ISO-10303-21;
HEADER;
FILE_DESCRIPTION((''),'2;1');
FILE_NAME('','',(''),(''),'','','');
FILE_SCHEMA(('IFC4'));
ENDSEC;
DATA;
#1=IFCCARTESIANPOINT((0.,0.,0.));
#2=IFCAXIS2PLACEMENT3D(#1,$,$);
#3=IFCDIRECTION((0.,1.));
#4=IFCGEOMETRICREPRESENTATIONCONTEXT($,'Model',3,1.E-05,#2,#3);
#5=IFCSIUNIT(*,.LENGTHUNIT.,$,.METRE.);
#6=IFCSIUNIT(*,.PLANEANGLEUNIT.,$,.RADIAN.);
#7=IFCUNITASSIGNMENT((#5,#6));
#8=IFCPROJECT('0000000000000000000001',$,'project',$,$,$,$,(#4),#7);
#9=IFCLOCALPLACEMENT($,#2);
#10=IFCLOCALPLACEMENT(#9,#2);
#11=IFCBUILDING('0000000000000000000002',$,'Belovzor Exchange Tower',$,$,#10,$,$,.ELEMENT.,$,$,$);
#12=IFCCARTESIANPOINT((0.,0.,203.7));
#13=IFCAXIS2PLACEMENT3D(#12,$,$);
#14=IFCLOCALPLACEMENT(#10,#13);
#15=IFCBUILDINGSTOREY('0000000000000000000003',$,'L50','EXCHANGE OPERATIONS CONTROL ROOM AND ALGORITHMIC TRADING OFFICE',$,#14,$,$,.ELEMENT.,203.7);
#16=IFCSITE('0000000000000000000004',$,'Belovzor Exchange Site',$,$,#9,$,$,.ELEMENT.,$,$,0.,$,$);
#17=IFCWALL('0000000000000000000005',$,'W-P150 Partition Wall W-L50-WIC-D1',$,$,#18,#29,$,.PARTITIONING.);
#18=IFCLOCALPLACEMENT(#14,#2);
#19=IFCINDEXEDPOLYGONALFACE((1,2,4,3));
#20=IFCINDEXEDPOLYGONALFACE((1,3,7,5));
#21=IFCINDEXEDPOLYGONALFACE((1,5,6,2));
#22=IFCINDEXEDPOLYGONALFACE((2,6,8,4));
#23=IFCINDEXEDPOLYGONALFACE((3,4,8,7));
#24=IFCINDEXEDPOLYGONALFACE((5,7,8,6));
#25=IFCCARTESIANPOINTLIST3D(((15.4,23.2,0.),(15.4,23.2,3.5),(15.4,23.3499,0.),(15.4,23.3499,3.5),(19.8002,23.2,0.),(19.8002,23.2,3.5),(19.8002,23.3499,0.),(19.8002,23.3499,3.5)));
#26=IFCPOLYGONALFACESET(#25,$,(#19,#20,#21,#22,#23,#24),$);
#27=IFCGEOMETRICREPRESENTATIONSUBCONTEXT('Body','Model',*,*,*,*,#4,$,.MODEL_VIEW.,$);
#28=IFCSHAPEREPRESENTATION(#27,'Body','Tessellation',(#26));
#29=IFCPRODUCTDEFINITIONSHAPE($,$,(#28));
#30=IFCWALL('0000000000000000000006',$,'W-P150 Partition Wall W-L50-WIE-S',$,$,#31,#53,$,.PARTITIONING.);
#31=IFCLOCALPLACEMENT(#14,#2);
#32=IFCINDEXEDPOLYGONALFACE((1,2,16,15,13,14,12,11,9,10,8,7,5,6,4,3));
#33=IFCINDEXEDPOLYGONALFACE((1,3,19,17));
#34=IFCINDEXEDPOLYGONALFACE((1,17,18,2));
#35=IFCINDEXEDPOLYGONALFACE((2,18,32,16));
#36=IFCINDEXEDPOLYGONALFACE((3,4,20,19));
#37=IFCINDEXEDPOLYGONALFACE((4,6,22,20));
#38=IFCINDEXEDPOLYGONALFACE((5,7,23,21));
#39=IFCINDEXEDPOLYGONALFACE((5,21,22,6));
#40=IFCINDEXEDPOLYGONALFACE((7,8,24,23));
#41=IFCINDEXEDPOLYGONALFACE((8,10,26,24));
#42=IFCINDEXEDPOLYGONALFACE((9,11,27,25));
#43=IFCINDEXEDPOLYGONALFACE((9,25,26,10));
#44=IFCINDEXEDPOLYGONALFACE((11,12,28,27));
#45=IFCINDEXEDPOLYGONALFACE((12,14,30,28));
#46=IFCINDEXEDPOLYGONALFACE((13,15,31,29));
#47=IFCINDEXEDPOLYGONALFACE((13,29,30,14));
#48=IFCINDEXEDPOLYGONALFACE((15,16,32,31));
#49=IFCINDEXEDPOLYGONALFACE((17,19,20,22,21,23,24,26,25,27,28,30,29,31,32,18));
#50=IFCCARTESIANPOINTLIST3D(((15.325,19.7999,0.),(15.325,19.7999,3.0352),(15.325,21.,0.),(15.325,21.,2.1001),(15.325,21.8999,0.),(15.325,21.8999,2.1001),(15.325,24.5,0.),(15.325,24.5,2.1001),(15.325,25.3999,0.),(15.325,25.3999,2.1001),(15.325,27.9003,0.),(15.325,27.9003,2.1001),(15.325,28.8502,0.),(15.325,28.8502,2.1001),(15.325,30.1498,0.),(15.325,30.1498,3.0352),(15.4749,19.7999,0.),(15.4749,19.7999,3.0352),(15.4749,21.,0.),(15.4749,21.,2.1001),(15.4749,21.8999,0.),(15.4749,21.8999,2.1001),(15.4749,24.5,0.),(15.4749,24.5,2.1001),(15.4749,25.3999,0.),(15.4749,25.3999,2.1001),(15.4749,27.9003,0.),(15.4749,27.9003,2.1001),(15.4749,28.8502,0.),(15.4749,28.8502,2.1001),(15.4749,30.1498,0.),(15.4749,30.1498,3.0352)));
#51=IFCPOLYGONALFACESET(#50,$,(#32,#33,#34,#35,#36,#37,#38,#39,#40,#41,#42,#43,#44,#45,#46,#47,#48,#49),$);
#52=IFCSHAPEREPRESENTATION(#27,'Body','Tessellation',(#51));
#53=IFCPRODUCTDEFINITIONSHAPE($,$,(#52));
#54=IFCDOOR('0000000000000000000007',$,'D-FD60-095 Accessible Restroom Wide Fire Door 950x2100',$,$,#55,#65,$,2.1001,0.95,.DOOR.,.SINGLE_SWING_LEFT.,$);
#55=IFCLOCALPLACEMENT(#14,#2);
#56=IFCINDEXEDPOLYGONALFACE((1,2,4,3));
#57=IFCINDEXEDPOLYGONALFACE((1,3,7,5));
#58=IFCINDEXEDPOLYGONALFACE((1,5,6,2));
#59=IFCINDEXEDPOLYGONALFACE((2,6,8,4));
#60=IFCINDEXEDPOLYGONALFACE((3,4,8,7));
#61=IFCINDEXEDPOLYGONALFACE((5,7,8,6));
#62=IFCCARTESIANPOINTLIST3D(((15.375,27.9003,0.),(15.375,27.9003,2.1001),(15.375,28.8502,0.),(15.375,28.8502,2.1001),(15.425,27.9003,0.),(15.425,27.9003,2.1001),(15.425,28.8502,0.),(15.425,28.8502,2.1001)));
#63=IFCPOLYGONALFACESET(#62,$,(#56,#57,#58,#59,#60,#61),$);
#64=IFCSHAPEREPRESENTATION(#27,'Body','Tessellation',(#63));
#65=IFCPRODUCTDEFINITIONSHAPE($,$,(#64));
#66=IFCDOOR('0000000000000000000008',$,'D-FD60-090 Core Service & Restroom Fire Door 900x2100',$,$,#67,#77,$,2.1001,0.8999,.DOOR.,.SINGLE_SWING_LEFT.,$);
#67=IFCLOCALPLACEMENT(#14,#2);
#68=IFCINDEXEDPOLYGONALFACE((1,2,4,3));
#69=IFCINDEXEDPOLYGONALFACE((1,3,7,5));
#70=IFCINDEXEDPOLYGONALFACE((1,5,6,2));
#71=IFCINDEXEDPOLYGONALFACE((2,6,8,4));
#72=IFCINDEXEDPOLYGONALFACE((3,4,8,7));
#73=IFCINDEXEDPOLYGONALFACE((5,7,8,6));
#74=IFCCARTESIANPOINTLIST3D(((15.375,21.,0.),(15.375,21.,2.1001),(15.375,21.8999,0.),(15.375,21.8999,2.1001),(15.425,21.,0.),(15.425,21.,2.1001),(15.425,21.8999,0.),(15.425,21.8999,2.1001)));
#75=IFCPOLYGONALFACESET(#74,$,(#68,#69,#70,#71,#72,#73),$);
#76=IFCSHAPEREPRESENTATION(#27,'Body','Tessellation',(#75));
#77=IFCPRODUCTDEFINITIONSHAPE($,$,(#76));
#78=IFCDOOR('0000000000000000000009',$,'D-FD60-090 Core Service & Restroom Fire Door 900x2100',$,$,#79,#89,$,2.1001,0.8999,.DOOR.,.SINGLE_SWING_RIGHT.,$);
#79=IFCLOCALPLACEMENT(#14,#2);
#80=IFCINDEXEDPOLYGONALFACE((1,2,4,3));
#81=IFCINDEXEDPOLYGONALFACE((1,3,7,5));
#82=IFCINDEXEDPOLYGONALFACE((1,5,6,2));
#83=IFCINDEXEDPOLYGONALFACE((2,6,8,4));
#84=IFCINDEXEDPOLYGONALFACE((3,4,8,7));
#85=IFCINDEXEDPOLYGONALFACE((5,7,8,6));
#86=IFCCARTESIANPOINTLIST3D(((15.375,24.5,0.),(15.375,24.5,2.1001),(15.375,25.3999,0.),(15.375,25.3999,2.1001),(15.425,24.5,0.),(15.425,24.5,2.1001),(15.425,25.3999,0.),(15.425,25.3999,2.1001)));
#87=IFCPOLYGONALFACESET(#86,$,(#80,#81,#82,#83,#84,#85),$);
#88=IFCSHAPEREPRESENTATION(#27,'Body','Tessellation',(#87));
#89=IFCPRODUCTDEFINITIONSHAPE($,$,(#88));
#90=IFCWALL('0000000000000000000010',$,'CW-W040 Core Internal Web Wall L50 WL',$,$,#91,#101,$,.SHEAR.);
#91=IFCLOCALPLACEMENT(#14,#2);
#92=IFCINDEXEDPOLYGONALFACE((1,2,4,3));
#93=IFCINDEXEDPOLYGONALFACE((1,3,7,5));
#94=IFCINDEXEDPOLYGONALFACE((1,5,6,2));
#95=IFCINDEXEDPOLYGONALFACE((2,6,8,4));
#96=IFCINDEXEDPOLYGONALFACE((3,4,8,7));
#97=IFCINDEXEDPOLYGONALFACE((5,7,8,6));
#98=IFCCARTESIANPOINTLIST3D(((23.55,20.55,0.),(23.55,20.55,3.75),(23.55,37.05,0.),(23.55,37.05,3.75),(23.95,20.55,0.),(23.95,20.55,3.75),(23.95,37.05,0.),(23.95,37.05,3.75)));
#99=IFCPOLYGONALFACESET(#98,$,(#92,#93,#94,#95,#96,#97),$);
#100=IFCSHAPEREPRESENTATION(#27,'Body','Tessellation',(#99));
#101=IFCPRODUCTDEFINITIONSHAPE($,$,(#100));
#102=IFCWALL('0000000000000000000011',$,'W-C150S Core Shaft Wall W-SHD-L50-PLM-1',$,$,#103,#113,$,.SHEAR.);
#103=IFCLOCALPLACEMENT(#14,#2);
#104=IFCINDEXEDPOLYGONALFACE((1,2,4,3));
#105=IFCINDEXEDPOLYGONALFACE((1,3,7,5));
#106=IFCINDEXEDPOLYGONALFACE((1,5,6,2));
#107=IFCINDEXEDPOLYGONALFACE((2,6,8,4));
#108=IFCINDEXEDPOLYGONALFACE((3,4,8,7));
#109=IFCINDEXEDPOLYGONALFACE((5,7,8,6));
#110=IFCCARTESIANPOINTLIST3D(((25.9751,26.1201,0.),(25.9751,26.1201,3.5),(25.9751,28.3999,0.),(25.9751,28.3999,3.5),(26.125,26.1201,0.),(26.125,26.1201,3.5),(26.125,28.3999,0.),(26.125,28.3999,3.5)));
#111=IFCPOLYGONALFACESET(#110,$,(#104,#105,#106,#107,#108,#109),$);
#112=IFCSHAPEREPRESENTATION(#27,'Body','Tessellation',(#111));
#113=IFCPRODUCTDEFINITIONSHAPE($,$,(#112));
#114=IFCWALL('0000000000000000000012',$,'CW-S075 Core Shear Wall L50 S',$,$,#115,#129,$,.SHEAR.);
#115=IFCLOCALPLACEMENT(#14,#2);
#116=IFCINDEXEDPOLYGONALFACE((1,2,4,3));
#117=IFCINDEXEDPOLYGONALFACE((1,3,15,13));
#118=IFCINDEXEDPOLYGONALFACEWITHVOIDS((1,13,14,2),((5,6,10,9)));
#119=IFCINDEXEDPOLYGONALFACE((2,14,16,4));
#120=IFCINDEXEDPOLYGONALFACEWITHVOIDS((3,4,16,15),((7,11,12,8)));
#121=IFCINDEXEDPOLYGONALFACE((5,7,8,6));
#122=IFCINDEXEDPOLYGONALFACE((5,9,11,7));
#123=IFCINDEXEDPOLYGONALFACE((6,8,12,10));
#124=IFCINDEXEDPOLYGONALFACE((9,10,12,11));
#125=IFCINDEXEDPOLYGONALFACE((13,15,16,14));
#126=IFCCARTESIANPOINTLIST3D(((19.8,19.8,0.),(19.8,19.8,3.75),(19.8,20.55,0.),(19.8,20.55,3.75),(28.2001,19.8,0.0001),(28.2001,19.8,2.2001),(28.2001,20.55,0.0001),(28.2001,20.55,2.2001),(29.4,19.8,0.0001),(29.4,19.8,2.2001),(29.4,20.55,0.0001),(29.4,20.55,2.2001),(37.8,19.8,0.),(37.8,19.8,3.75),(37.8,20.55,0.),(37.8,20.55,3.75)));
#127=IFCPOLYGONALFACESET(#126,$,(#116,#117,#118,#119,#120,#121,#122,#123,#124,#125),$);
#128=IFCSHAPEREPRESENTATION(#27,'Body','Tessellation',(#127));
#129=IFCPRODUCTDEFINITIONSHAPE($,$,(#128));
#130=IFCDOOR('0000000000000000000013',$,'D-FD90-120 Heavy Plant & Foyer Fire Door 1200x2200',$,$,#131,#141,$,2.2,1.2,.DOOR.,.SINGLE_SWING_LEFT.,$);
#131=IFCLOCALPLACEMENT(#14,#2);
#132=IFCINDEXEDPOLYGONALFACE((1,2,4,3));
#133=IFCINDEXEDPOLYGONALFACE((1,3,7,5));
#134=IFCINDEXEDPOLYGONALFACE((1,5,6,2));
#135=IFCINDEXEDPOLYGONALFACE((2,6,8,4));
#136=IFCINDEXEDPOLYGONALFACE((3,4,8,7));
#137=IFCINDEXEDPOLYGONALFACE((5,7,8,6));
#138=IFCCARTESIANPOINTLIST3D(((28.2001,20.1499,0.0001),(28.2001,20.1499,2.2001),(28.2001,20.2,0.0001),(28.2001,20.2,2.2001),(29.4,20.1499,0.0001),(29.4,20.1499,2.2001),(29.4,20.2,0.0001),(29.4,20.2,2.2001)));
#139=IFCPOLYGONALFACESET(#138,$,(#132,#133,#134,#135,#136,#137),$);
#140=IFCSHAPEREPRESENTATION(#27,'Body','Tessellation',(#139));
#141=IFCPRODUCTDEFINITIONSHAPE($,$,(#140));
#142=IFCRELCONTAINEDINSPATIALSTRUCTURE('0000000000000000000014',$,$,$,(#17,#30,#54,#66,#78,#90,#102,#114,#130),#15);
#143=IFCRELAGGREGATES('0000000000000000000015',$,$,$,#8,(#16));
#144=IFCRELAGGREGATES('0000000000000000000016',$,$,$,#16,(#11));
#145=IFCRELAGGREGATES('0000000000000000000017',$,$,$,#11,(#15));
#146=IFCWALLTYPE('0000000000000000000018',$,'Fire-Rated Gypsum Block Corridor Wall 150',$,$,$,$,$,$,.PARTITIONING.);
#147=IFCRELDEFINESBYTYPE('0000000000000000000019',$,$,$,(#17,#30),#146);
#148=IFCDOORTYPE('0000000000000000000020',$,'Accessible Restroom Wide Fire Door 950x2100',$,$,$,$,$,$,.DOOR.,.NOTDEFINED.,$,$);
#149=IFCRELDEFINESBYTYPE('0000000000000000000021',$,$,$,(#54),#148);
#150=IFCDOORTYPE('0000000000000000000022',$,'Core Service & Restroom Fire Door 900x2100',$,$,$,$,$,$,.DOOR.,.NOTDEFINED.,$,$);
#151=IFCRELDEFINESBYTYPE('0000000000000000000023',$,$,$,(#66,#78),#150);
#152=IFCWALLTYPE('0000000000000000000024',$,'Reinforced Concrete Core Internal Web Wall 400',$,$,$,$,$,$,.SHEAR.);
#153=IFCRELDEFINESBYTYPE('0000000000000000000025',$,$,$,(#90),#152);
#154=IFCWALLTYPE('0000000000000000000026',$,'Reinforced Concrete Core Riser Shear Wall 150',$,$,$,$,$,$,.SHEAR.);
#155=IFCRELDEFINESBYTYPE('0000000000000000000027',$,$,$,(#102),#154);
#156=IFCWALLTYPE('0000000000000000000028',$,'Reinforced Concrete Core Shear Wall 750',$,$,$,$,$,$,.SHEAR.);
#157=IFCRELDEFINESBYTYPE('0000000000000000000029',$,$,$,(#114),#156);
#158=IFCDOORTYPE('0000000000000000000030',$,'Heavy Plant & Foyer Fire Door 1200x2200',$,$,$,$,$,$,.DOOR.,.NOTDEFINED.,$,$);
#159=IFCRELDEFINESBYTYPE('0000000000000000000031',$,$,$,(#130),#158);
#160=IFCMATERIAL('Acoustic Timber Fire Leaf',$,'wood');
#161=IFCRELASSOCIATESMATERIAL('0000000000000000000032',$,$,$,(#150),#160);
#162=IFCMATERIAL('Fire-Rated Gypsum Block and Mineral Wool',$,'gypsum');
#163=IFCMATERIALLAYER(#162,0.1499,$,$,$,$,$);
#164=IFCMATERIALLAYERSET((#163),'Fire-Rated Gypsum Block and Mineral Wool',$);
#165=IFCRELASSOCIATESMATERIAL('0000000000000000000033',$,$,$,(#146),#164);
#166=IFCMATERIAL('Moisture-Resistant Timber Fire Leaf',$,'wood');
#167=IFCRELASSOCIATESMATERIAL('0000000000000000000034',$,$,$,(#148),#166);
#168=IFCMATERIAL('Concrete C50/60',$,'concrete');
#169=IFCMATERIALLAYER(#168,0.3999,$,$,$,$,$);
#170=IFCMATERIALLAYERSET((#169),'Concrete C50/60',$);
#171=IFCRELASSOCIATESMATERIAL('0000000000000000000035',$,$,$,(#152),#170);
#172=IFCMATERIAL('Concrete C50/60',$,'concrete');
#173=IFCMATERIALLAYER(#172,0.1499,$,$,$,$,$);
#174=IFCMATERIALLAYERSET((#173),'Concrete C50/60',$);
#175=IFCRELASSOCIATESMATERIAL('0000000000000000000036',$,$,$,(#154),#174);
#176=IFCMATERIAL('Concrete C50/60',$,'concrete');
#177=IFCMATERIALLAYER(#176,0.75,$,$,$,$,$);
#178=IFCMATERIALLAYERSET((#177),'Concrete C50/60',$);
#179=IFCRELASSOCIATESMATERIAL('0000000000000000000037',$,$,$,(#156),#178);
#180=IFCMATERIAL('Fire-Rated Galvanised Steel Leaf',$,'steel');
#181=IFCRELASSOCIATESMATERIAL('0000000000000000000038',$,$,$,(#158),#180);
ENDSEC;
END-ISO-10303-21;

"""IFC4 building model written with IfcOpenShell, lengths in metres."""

from ifc_helpers import new_model, si_unit, direction, frame, frame_2d, origin, place, context, subcontext, project, spatial, rectangle, extrude, material, layer, layer_set, type_object, element, fill, save


model = new_model("IFC4")

# Units and contexts
model_context = context("Model", 3, precision=1e-05, world=origin(), true_north=direction((0.0, 1.0)))
body_context = subcontext(model_context, "Body", "Model", "MODEL_VIEW")
ifc_project = project(units=[si_unit("LENGTHUNIT", "METRE"), si_unit("PLANEANGLEUNIT", "RADIAN")], contexts=[model_context])

# Site, building, storey
site_placement = place(None, origin())
site = spatial("IfcSite", under=ifc_project, at=site_placement, Name="Belovzor Exchange Site", CompositionType="ELEMENT", RefElevation=0.0)
building_placement = place(site_placement, origin())
building = spatial("IfcBuilding", under=site, at=building_placement, Name="Belovzor Exchange Tower", CompositionType="ELEMENT")
storey_placement = place(building_placement, frame((0.0, 0.0, 203.7)))
storey = spatial("IfcBuildingStorey", under=building, at=storey_placement, Name="L50", Description="EXCHANGE OPERATIONS CONTROL ROOM AND ALGORITHMIC TRADING OFFICE", CompositionType="ELEMENT", Elevation=203.7)

# Shared definitions
ifc_material_1 = material(Name="Acoustic Timber Fire Leaf", Category="wood")
door_type_1 = type_object("IfcDoorType", Name="Core Service & Restroom Fire Door 900x2100", OperationType="NOTDEFINED", PredefinedType="DOOR", material=ifc_material_1)

# Wall
ifc_material_2 = material(Name="Fire-Rated Gypsum Block and Mineral Wool", Category="gypsum")
ifc_layer_1 = layer(ifc_material_2, 0.1499)
ifc_layer_set_1 = layer_set([ifc_layer_1], Name="Fire-Rated Gypsum Block and Mineral Wool")
wall_type_1 = type_object("IfcWallType", Name="Fire-Rated Gypsum Block Corridor Wall 150", PredefinedType="PARTITIONING", material=ifc_layer_set_1)
wall_1_placement = place(storey_placement, frame((15.3999, 23.2749, 0.0), z_axis=(0.0, 0.0, 1.0), x_axis=(1.0, 0.0, 0.0)))
element("IfcWall", 1, at=wall_1_placement, inside=storey, type_object=wall_type_1, Name="W-P150 Partition Wall W-L50-WIC-D1", PredefinedType="PARTITIONING", context=body_context, shape_type="SweptSolid", body=[
    extrude(rectangle(XDim=4.4001, YDim=0.1499, at=frame_2d((2.2002, 0.0))), origin(), (0.0, 0.0, 1.0), 3.5),
])

# Wall, openings, doors
wall_2_placement = place(storey_placement, frame((15.3999, 19.8, 0.0), z_axis=(0.0, 0.0, 1.0), x_axis=(0.0, 1.0, 0.0)))
wall_2 = element("IfcWall", 2, at=wall_2_placement, inside=storey, type_object=wall_type_1, Name="W-P150 Partition Wall W-L50-WIE-S", PredefinedType="PARTITIONING", context=body_context, shape_type="SweptSolid", body=[
    extrude(rectangle(XDim=10.3499, YDim=0.1499, at=frame_2d((5.1748, 0.0))), origin(), (0.0, 0.0, 1.0), 3.0352),
])
opening_1_placement = place(wall_2_placement, frame((1.2, 0.0, 0.0)))
opening_1 = element("IfcOpeningElement", 3, at=opening_1_placement, cuts=wall_2, PredefinedType="OPENING", context=body_context, shape_type="SweptSolid", body=[
    extrude(rectangle(XDim=0.8999, YDim=2.1001, at=frame_2d((0.45, 1.05))), frame((0.0, 0.085, 0.0), z_axis=(0.0, -1.0, 0.0), x_axis=(1.0, 0.0, 0.0)), (0.0, 0.0, 1.0), 0.1699),
])
opening_2_placement = place(wall_2_placement, frame((4.7, 0.0, 0.0)))
opening_2 = element("IfcOpeningElement", 4, at=opening_2_placement, cuts=wall_2, PredefinedType="OPENING", context=body_context, shape_type="SweptSolid", body=[
    extrude(rectangle(XDim=0.8999, YDim=2.1001, at=frame_2d((0.45, 1.05))), frame((0.0, 0.085, 0.0), z_axis=(0.0, -1.0, 0.0), x_axis=(1.0, 0.0, 0.0)), (0.0, 0.0, 1.0), 0.1699),
])
opening_3_placement = place(wall_2_placement, frame((8.1001, 0.0, 0.0)))
opening_3 = element("IfcOpeningElement", 5, at=opening_3_placement, cuts=wall_2, PredefinedType="OPENING", context=body_context, shape_type="SweptSolid", body=[
    extrude(rectangle(XDim=0.95, YDim=2.1001, at=frame_2d((0.4751, 1.05))), frame((0.0, 0.085, 0.0), z_axis=(0.0, -1.0, 0.0), x_axis=(1.0, 0.0, 0.0)), (0.0, 0.0, 1.0), 0.1699),
])
ifc_material_3 = material(Name="Moisture-Resistant Timber Fire Leaf", Category="wood")
door_type_2 = type_object("IfcDoorType", Name="Accessible Restroom Wide Fire Door 950x2100", OperationType="NOTDEFINED", PredefinedType="DOOR", material=ifc_material_3)
door_1_placement = place(opening_3_placement, origin())
door_1 = element("IfcDoor", 6, at=door_1_placement, inside=storey, type_object=door_type_2, Name="D-FD60-095 Accessible Restroom Wide Fire Door 950x2100", OperationType="SINGLE_SWING_LEFT", OverallHeight=2.1001, OverallWidth=0.95, PredefinedType="DOOR", context=body_context, shape_type="SweptSolid", body=[
    extrude(rectangle(XDim=0.95, YDim=2.1001, at=frame_2d((0.4751, 1.05))), frame((0.0, 0.0249, 0.0), z_axis=(0.0, -1.0, 0.0), x_axis=(1.0, 0.0, 0.0)), (0.0, 0.0, 1.0), 0.05),
])
fill(opening_3, door_1)
door_2_placement = place(opening_1_placement, origin())
door_2 = element("IfcDoor", 7, at=door_2_placement, inside=storey, type_object=door_type_1, Name="D-FD60-090 Core Service & Restroom Fire Door 900x2100", OperationType="SINGLE_SWING_LEFT", OverallHeight=2.1001, OverallWidth=0.8999, PredefinedType="DOOR", context=body_context, shape_type="SweptSolid", body=[
    extrude(rectangle(XDim=0.8999, YDim=2.1001, at=frame_2d((0.45, 1.05))), frame((0.0, 0.0249, 0.0), z_axis=(0.0, -1.0, 0.0), x_axis=(1.0, 0.0, 0.0)), (0.0, 0.0, 1.0), 0.05),
])
fill(opening_1, door_2)
door_3_placement = place(opening_2_placement, origin())
door_3 = element("IfcDoor", 8, at=door_3_placement, inside=storey, type_object=door_type_1, Name="D-FD60-090 Core Service & Restroom Fire Door 900x2100", OperationType="SINGLE_SWING_RIGHT", OverallHeight=2.1001, OverallWidth=0.8999, PredefinedType="DOOR", context=body_context, shape_type="SweptSolid", body=[
    extrude(rectangle(XDim=0.8999, YDim=2.1001, at=frame_2d((0.45, 1.05))), frame((0.0, 0.0249, 0.0), z_axis=(0.0, -1.0, 0.0), x_axis=(1.0, 0.0, 0.0)), (0.0, 0.0, 1.0), 0.05),
])
fill(opening_2, door_3)

# Walls
ifc_material_4 = material(Name="Concrete C50/60", Category="concrete")
ifc_layer_2 = layer(ifc_material_4, 0.3999)
ifc_layer_set_2 = layer_set([ifc_layer_2], Name="Concrete C50/60")
wall_type_2 = type_object("IfcWallType", Name="Reinforced Concrete Core Internal Web Wall 400", PredefinedType="SHEAR", material=ifc_layer_set_2)
wall_3_placement = place(storey_placement, frame((23.75, 20.55, 0.0), z_axis=(0.0, 0.0, 1.0), x_axis=(0.0, 1.0, 0.0)))
element("IfcWall", 9, at=wall_3_placement, inside=storey, type_object=wall_type_2, Name="CW-W040 Core Internal Web Wall L50 WL", PredefinedType="SHEAR", context=body_context, shape_type="SweptSolid", body=[
    extrude(rectangle(XDim=16.5, YDim=0.3999, at=frame_2d((8.25, 0.0))), origin(), (0.0, 0.0, 1.0), 3.75),
])
ifc_material_5 = material(Name="Concrete C50/60", Category="concrete")
ifc_layer_3 = layer(ifc_material_5, 0.1499)
ifc_layer_set_3 = layer_set([ifc_layer_3], Name="Concrete C50/60")
wall_type_3 = type_object("IfcWallType", Name="Reinforced Concrete Core Riser Shear Wall 150", PredefinedType="SHEAR", material=ifc_layer_set_3)
wall_4_placement = place(storey_placement, frame((26.05, 26.1201, 0.0), z_axis=(0.0, 0.0, 1.0), x_axis=(0.0, 1.0, 0.0)))
element("IfcWall", 10, at=wall_4_placement, inside=storey, type_object=wall_type_3, Name="W-C150S Core Shaft Wall W-SHD-L50-PLM-1", PredefinedType="SHEAR", context=body_context, shape_type="SweptSolid", body=[
    extrude(rectangle(XDim=2.2798, YDim=0.1499, at=frame_2d((1.1399, 0.0))), origin(), (0.0, 0.0, 1.0), 3.5),
])

# Wall, opening, door
ifc_material_6 = material(Name="Concrete C50/60", Category="concrete")
ifc_layer_4 = layer(ifc_material_6, 0.75)
ifc_layer_set_4 = layer_set([ifc_layer_4], Name="Concrete C50/60")
wall_type_4 = type_object("IfcWallType", Name="Reinforced Concrete Core Shear Wall 750", PredefinedType="SHEAR", material=ifc_layer_set_4)
wall_5_placement = place(storey_placement, frame((19.8, 20.175, 0.0), z_axis=(0.0, 0.0, 1.0), x_axis=(1.0, 0.0, 0.0)))
wall_5 = element("IfcWall", 11, at=wall_5_placement, inside=storey, type_object=wall_type_4, Name="CW-S075 Core Shear Wall L50 S", PredefinedType="SHEAR", context=body_context, shape_type="SweptSolid", body=[
    extrude(rectangle(XDim=18.0, YDim=0.75, at=frame_2d((9.0, 0.0))), origin(), (0.0, 0.0, 1.0), 3.75),
])
opening_4_placement = place(wall_5_placement, frame((8.3999, 0.0, 0.0)))
opening_4 = element("IfcOpeningElement", 12, at=opening_4_placement, cuts=wall_5, PredefinedType="OPENING", context=body_context, shape_type="SweptSolid", body=[
    extrude(rectangle(XDim=1.2, YDim=2.2, at=frame_2d((0.6001, 1.1001))), frame((0.0, 0.385, 0.0), z_axis=(0.0, -1.0, 0.0), x_axis=(1.0, 0.0, 0.0)), (0.0, 0.0, 1.0), 0.77),
])
ifc_material_7 = material(Name="Fire-Rated Galvanised Steel Leaf", Category="steel")
door_type_3 = type_object("IfcDoorType", Name="Heavy Plant & Foyer Fire Door 1200x2200", OperationType="NOTDEFINED", PredefinedType="DOOR", material=ifc_material_7)
door_4_placement = place(opening_4_placement, origin())
door_4 = element("IfcDoor", 13, at=door_4_placement, inside=storey, type_object=door_type_3, Name="D-FD90-120 Heavy Plant & Foyer Fire Door 1200x2200", OperationType="SINGLE_SWING_LEFT", OverallHeight=2.2, OverallWidth=1.2, PredefinedType="DOOR", context=body_context, shape_type="SweptSolid", body=[
    extrude(rectangle(XDim=1.2, YDim=2.2, at=frame_2d((0.6001, 1.1001))), frame((0.0, 0.0249, 0.0), z_axis=(0.0, -1.0, 0.0), x_axis=(1.0, 0.0, 0.0)), (0.0, 0.0, 1.0), 0.05),
])
fill(opening_4, door_4)

save(model, "model.ifc")
